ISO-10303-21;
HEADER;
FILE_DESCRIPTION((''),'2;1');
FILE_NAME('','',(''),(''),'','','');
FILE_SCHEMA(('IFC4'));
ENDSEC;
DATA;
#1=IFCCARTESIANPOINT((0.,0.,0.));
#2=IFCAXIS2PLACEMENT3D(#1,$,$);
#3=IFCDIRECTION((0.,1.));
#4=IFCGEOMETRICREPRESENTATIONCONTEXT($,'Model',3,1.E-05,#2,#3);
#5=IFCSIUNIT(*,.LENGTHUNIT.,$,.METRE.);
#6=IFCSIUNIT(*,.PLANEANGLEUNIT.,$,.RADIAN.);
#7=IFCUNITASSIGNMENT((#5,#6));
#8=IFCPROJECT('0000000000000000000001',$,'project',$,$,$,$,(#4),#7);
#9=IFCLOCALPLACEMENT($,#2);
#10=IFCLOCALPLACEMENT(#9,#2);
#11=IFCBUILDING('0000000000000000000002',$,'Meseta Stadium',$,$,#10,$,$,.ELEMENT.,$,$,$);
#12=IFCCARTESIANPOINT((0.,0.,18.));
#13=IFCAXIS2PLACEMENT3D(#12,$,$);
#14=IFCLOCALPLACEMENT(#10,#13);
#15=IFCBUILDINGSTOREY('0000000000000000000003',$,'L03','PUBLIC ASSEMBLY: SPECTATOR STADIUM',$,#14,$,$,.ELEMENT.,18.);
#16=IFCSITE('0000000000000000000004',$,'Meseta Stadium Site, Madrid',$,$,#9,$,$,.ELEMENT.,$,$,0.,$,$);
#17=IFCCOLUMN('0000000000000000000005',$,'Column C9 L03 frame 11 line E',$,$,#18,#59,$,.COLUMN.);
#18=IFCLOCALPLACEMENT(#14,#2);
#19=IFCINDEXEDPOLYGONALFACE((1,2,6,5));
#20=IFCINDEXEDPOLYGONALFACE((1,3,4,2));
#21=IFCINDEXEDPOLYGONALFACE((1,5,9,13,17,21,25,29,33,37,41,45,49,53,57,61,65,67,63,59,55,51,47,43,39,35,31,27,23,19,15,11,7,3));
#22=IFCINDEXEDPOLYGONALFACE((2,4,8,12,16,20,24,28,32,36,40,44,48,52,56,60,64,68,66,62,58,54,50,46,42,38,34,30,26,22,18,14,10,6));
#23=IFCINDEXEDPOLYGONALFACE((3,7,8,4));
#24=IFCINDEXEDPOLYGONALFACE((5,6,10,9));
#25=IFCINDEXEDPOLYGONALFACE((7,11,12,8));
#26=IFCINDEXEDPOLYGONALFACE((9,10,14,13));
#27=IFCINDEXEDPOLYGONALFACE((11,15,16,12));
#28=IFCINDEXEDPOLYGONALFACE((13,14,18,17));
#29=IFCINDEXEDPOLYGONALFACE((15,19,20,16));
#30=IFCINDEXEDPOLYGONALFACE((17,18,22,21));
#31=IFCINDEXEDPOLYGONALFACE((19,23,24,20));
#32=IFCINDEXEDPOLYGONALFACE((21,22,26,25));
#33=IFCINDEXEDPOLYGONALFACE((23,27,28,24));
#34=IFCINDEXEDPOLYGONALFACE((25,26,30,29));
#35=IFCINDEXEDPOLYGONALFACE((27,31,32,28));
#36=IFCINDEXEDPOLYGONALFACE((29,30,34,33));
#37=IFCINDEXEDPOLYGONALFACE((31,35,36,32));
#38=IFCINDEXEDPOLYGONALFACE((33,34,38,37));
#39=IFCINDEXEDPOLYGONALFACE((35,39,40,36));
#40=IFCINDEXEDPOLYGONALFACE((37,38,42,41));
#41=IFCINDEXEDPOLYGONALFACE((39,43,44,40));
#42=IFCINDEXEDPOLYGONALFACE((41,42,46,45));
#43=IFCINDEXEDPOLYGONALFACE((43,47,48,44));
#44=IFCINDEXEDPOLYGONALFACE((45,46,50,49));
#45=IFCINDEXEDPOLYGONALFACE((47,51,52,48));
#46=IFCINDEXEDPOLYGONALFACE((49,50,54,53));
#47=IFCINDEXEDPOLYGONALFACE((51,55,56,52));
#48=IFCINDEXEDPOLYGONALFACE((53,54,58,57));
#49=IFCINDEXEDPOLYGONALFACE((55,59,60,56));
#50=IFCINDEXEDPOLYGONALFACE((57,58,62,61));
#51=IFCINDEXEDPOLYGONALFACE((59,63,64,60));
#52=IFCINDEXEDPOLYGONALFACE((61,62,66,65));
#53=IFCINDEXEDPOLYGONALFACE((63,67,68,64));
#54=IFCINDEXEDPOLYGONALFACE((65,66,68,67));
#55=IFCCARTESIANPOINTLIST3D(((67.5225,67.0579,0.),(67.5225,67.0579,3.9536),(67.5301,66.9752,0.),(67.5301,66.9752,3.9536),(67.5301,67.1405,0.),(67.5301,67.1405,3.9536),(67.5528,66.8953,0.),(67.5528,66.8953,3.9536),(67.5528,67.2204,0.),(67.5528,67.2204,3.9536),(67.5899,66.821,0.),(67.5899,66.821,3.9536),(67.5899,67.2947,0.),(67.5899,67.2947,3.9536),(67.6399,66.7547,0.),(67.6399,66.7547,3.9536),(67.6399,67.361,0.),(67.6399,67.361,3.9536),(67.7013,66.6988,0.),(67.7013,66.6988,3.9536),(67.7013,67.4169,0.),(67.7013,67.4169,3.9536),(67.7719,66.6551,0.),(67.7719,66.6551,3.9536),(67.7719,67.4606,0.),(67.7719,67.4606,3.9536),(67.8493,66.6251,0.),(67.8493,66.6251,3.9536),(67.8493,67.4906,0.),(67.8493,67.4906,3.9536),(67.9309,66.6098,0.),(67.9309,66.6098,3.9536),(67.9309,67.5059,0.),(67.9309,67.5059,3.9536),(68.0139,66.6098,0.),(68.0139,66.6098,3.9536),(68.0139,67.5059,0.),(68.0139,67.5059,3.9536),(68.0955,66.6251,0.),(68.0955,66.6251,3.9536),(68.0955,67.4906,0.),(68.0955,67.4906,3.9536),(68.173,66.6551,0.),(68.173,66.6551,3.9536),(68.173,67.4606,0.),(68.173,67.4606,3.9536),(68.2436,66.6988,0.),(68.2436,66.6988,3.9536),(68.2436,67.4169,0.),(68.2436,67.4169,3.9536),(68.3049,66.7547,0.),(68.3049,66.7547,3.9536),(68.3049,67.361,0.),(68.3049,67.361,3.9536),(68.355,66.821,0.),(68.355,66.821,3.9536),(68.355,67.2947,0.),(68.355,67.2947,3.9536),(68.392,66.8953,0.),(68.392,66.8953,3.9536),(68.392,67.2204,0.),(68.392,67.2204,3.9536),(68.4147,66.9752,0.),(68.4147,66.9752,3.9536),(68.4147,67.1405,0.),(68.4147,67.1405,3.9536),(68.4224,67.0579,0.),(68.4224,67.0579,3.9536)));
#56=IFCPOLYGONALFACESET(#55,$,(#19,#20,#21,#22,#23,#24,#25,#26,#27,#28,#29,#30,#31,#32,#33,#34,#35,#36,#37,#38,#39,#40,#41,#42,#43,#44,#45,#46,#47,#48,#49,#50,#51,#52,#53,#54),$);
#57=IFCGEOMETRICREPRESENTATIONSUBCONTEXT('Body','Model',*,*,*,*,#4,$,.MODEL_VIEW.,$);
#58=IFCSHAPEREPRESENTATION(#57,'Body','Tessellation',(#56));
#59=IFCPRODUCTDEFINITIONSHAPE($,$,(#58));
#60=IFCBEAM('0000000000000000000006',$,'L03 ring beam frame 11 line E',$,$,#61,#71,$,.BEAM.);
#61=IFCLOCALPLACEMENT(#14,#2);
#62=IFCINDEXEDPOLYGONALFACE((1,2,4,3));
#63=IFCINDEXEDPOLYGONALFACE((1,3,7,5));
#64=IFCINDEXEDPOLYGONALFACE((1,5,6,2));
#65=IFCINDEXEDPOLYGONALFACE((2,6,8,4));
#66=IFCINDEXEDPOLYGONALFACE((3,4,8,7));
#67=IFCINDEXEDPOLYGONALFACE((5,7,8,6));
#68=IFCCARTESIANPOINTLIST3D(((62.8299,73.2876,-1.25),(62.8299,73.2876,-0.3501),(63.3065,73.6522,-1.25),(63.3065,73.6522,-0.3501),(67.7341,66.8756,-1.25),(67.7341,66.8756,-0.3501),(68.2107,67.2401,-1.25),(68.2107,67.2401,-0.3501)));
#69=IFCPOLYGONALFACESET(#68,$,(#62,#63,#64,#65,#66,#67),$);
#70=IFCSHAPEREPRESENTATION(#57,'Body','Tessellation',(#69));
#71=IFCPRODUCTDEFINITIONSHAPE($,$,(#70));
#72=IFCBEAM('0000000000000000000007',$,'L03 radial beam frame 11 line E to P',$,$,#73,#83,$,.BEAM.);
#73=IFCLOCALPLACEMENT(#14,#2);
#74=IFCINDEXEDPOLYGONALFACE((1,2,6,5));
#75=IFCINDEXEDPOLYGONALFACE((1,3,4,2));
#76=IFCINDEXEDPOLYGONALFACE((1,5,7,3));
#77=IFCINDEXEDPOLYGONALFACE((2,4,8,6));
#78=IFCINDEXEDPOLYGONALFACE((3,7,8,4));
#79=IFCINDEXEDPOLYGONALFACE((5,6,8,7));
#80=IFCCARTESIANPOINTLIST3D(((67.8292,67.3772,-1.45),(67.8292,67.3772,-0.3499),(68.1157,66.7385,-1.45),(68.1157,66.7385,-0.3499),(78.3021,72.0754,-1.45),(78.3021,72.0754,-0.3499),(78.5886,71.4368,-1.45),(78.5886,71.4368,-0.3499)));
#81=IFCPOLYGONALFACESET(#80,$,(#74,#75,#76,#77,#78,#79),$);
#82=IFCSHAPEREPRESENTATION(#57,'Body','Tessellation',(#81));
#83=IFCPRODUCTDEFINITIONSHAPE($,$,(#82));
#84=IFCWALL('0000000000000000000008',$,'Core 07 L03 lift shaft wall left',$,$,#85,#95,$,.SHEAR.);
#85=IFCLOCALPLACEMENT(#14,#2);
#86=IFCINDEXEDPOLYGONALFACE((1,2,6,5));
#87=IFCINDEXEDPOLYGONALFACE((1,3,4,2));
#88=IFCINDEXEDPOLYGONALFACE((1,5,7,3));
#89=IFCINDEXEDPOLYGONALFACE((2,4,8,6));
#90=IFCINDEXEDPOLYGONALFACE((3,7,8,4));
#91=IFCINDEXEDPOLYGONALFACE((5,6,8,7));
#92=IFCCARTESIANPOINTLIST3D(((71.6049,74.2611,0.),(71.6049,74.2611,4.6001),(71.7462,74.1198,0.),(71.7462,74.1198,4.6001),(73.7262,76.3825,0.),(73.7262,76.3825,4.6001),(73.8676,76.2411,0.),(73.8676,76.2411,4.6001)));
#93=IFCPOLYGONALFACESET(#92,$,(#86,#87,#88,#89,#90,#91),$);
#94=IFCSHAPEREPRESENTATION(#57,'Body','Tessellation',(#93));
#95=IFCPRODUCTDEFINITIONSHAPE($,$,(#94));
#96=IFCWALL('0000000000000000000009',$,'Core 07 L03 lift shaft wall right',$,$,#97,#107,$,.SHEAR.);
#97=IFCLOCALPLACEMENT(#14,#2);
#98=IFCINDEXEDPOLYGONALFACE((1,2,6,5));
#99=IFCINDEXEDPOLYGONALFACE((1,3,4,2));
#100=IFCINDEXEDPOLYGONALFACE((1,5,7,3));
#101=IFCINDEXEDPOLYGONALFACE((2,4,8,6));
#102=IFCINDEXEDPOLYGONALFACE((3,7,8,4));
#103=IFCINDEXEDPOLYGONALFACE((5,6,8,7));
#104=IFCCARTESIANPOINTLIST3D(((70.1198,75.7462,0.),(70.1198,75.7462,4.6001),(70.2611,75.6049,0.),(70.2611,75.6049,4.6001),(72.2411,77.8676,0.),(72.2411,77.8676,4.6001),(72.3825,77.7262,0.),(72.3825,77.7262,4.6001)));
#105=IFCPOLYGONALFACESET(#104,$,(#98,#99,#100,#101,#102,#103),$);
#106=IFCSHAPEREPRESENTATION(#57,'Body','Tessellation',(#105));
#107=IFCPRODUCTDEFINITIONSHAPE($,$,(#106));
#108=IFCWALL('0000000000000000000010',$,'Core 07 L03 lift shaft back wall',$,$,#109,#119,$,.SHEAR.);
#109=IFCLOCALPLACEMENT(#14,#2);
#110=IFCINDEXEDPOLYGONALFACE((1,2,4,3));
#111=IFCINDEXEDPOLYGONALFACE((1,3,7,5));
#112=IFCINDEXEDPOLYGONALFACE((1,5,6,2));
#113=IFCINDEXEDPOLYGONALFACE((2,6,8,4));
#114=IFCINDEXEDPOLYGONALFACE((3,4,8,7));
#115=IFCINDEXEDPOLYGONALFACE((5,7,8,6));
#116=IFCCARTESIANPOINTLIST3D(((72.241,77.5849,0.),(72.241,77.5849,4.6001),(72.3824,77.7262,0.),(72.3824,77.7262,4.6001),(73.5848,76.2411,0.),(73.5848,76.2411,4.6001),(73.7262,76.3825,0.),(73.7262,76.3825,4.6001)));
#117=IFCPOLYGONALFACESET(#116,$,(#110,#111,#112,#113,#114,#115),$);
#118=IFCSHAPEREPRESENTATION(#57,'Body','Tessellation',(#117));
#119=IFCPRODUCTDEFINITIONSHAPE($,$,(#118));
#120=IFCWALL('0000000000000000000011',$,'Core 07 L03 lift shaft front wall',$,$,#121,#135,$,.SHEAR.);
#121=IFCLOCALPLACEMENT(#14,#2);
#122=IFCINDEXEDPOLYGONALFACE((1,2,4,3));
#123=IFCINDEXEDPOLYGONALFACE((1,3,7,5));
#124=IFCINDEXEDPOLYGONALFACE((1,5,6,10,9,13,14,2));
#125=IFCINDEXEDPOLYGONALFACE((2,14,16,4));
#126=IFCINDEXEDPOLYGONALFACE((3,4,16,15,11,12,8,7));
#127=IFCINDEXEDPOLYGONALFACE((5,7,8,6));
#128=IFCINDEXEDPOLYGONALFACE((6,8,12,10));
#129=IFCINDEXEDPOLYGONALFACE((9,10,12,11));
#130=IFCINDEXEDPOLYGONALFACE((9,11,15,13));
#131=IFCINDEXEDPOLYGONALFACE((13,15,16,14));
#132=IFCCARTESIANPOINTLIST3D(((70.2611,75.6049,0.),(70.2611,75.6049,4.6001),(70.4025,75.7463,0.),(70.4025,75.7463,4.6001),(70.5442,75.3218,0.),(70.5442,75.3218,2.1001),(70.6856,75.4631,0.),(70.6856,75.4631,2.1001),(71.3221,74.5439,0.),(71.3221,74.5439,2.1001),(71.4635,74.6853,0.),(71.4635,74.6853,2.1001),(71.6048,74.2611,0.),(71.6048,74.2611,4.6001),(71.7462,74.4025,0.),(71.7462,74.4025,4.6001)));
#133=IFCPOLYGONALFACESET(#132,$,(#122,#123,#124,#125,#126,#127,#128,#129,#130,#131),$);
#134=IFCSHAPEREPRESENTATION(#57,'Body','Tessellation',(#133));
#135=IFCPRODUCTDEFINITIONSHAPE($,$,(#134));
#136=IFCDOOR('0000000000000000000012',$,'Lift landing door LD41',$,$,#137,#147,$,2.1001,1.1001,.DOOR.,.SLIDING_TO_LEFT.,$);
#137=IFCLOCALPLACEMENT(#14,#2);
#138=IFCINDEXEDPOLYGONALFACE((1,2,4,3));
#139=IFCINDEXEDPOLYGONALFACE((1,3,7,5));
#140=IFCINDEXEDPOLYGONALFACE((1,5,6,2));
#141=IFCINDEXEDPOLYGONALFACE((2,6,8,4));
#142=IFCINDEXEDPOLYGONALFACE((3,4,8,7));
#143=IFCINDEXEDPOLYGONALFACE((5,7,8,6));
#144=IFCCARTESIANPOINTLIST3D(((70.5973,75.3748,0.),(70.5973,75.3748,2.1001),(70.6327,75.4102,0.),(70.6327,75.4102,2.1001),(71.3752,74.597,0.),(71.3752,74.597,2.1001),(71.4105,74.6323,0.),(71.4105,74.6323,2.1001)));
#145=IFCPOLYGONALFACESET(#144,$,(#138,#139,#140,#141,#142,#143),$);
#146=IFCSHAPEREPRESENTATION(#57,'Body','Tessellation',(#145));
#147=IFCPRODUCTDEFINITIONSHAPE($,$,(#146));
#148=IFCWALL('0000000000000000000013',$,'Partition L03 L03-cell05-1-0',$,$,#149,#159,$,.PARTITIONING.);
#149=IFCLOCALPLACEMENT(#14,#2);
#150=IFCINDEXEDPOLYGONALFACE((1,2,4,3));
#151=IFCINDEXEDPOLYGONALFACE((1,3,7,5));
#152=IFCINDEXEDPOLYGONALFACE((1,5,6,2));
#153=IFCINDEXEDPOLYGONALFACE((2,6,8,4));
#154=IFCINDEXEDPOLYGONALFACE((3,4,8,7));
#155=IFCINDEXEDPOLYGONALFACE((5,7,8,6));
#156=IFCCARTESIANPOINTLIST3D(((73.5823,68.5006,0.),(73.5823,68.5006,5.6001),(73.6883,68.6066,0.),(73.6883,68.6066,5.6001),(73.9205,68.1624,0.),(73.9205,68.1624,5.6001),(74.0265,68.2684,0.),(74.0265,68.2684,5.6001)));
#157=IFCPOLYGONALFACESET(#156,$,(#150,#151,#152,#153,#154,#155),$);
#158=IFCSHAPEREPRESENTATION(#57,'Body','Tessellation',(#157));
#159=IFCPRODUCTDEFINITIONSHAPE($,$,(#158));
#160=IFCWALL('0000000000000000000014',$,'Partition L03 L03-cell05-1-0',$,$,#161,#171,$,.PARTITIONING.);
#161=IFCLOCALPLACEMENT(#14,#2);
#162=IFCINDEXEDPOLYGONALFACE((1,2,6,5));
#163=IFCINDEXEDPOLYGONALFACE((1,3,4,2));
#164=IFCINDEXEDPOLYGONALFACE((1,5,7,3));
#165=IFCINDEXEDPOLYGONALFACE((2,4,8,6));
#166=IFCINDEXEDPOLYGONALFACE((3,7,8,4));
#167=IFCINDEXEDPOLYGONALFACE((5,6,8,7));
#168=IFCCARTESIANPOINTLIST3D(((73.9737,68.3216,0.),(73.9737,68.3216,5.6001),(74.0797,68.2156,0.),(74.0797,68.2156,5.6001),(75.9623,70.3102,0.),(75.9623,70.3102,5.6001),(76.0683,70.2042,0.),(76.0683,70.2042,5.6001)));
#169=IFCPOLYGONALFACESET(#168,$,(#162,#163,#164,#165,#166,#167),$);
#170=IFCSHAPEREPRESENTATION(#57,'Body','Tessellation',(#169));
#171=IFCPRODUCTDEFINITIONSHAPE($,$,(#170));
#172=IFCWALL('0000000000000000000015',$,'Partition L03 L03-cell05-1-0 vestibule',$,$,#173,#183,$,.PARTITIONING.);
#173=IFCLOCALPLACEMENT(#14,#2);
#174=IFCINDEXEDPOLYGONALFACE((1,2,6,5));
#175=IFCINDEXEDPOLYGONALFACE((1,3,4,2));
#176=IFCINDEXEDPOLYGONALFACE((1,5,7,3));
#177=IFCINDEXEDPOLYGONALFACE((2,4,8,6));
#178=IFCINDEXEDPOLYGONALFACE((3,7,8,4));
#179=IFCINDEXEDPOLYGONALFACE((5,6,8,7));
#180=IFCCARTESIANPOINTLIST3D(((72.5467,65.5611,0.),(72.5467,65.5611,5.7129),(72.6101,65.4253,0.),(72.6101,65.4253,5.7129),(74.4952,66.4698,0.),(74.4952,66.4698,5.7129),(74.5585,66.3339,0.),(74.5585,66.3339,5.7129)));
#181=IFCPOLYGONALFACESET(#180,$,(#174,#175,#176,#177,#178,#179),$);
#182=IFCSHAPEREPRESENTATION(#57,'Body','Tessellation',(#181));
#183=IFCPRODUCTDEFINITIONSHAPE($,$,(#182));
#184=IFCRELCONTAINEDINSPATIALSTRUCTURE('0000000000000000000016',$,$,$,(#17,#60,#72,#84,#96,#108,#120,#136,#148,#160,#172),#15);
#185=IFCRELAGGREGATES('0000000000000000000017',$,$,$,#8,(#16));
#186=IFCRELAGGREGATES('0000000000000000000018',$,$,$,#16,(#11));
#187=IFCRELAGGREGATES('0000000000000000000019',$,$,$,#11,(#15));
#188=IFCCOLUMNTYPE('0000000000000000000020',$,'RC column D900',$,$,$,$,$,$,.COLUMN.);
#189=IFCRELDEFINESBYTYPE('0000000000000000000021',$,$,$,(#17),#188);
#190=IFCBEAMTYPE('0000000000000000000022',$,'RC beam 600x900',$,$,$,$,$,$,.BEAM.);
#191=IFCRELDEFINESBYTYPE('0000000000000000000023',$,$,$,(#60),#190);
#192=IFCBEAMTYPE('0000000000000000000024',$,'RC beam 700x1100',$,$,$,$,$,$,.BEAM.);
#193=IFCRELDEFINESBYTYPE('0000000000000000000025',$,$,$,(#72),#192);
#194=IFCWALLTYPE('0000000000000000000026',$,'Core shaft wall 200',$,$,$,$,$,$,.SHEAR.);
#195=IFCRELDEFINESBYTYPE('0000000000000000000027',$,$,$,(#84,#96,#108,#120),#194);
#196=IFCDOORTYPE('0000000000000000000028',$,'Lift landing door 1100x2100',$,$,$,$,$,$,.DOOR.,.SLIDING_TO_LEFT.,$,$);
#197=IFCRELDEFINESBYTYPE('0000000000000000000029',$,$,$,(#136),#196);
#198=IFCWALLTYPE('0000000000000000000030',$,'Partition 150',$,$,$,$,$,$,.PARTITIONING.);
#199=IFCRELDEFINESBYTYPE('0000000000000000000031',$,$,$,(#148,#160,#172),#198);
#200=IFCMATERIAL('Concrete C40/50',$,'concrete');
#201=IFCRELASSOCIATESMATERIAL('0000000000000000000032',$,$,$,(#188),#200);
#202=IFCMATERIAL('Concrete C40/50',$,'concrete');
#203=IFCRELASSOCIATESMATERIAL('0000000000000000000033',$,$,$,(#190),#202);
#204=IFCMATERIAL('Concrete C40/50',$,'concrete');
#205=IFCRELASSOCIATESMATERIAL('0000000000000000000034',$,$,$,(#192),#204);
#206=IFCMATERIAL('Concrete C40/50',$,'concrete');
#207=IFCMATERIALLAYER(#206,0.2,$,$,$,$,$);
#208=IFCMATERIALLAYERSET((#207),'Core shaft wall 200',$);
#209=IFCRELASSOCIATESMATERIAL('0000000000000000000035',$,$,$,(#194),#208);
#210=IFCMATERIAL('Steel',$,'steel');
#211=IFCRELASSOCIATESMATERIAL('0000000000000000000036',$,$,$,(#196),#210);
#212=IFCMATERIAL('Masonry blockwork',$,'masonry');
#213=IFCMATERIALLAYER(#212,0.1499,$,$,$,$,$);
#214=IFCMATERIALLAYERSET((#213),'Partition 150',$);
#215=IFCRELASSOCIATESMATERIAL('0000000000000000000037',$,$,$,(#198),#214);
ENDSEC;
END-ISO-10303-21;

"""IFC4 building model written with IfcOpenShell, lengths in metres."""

from ifc_helpers import new_model, si_unit, direction, frame, frame_2d, origin, origin_2d, place, context, subcontext, project, spatial, rectangle, circle, extrude, material, layer, layer_set, material_profile, profile_set, type_object, element, fill, save


model = new_model("IFC4")

# Units and contexts
model_context = context("Model", 3, precision=1e-05, world=origin(), true_north=direction((0.0, 1.0)))
body_context = subcontext(model_context, "Body", "Model", "MODEL_VIEW")
ifc_project = project(units=[si_unit("LENGTHUNIT", "METRE"), si_unit("PLANEANGLEUNIT", "RADIAN")], contexts=[model_context])

# Site, building, storey
site_placement = place(None, origin())
site = spatial("IfcSite", under=ifc_project, at=site_placement, Name="Meseta Stadium Site, Madrid", CompositionType="ELEMENT", RefElevation=0.0)
building_placement = place(site_placement, origin())
building = spatial("IfcBuilding", under=site, at=building_placement, Name="Meseta Stadium", CompositionType="ELEMENT")
storey_placement = place(building_placement, frame((0.0, 0.0, 18.0)))
storey = spatial("IfcBuildingStorey", under=building, at=storey_placement, Name="L03", Description="PUBLIC ASSEMBLY: SPECTATOR STADIUM", CompositionType="ELEMENT", Elevation=18.0)

# Column
ifc_material_1 = material(Name="Concrete C40/50", Category="concrete")
ifc_material_profile_1 = material_profile(ifc_material_1, circle(Radius=0.45, at=origin_2d()), Name="RC D900")
ifc_profile_set_1 = profile_set([ifc_material_profile_1], Name="Concrete C40/50")
column_type = type_object("IfcColumnType", Name="RC column D900", PredefinedType="COLUMN", material=ifc_profile_set_1)
column_placement = place(storey_placement, frame((67.9724, 67.0579, 0.0), z_axis=(0.0, 0.0, 1.0), x_axis=(1.0, 0.0, 0.0)))
element("IfcColumn", 1, at=column_placement, inside=storey, type_object=column_type, Name="Column C9 L03 frame 11 line E", PredefinedType="COLUMN", context=body_context, shape_type="SweptSolid", body=[
    extrude(circle(Radius=0.45, at=origin_2d()), origin(), (0.0, 0.0, 1.0), 3.9536),
])

# Beams
ifc_material_2 = material(Name="Concrete C40/50", Category="concrete")
ifc_material_profile_2 = material_profile(ifc_material_2, rectangle(XDim=0.6001, YDim=0.8999, at=origin_2d()), Name="RC 600x900")
ifc_profile_set_2 = profile_set([ifc_material_profile_2], Name="Concrete C40/50")
beam_type_1 = type_object("IfcBeamType", Name="RC beam 600x900", PredefinedType="BEAM", material=ifc_profile_set_2)
beam_1_placement = place(storey_placement, frame((67.9724, 67.0579, -0.8), z_axis=(-0.607522, 0.794303, 0.0), x_axis=(-0.794303, -0.607522, 0.0)))
element("IfcBeam", 2, at=beam_1_placement, inside=storey, type_object=beam_type_1, Name="L03 ring beam frame 11 line E", PredefinedType="BEAM", context=body_context, shape_type="SweptSolid", body=[
    extrude(rectangle(XDim=0.6001, YDim=0.8999, at=origin_2d()), origin(), (0.0, 0.0, 1.0), 8.0725),
])
ifc_material_3 = material(Name="Concrete C40/50", Category="concrete")
ifc_material_profile_3 = material_profile(ifc_material_3, rectangle(XDim=0.7, YDim=1.1001, at=origin_2d()), Name="RC 700x1100")
ifc_profile_set_3 = profile_set([ifc_material_profile_3], Name="Concrete C40/50")
beam_type_2 = type_object("IfcBeamType", Name="RC beam 700x1100", PredefinedType="BEAM", material=ifc_profile_set_3)
beam_2_placement = place(storey_placement, frame((67.9724, 67.0579, -0.8999), z_axis=(0.912396, 0.409309, 0.0), x_axis=(-0.409309, 0.912396, 0.0)))
element("IfcBeam", 3, at=beam_2_placement, inside=storey, type_object=beam_type_2, Name="L03 radial beam frame 11 line E to P", PredefinedType="BEAM", context=body_context, shape_type="SweptSolid", body=[
    extrude(rectangle(XDim=0.7, YDim=1.1001, at=origin_2d()), origin(), (0.0, 0.0, 1.0), 11.4785),
])

# Walls
ifc_material_4 = material(Name="Concrete C40/50", Category="concrete")
ifc_layer_1 = layer(ifc_material_4, 0.2)
ifc_layer_set_1 = layer_set([ifc_layer_1], Name="Core shaft wall 200")
wall_type_1 = type_object("IfcWallType", Name="Core shaft wall 200", PredefinedType="SHEAR", material=ifc_layer_set_1)
for number, where, z_axis, x_axis, name in (
    (4, (73.7969, 76.3118, 0.0), (0.0, 0.0, 1.0), (-0.707107, -0.707107, 0.0), "Core 07 L03 lift shaft wall left"),
    (5, (72.3118, 77.7969, 0.0), (0.0, 0.0, 1.0), (-0.707107, -0.707107, 0.0), "Core 07 L03 lift shaft wall right"),
):
    element("IfcWall", number, at=place(storey_placement, frame(where, z_axis=z_axis, x_axis=x_axis)), inside=storey, type_object=wall_type_1, Name=name, PredefinedType="SHEAR", context=body_context, shape_type="SweptSolid", body=[
        extrude(rectangle(XDim=3.0, YDim=0.2, at=frame_2d((1.5, 0.0))), origin(), (0.0, 0.0, 1.0), 4.6001),
    ])
wall_1_placement = place(storey_placement, frame((73.6555, 76.3118, 0.0), z_axis=(0.0, 0.0, 1.0), x_axis=(-0.707107, 0.707107, 0.0)))
element("IfcWall", 6, at=wall_1_placement, inside=storey, type_object=wall_type_1, Name="Core 07 L03 lift shaft back wall", PredefinedType="SHEAR", context=body_context, shape_type="SweptSolid", body=[
    extrude(rectangle(XDim=1.9004, YDim=0.2, at=frame_2d((0.9502, 0.0))), origin(), (0.0, 0.0, 1.0), 4.6001),
])

# Wall, opening, door
wall_2_placement = place(storey_placement, frame((71.6755, 74.3318, 0.0), z_axis=(0.0, 0.0, 1.0), x_axis=(-0.707107, 0.707107, 0.0)))
wall_2 = element("IfcWall", 7, at=wall_2_placement, inside=storey, type_object=wall_type_1, Name="Core 07 L03 lift shaft front wall", PredefinedType="SHEAR", context=body_context, shape_type="SweptSolid", body=[
    extrude(rectangle(XDim=1.9004, YDim=0.2, at=frame_2d((0.9502, 0.0))), origin(), (0.0, 0.0, 1.0), 4.6001),
])
opening_1_placement = place(wall_2_placement, frame((0.3999, 0.0, 0.0)))
opening_1 = element("IfcOpeningElement", 8, at=opening_1_placement, cuts=wall_2, PredefinedType="OPENING", context=body_context, shape_type="SweptSolid", body=[
    extrude(rectangle(XDim=1.1001, YDim=2.1001, at=frame_2d((0.55, 1.05))), frame((0.0, 0.1099, 0.0), z_axis=(0.0, -1.0, 0.0), x_axis=(1.0, 0.0, 0.0)), (0.0, 0.0, 1.0), 0.22),
])
ifc_material_5 = material(Name="Steel", Category="steel")
door_type_1 = type_object("IfcDoorType", Name="Lift landing door 1100x2100", OperationType="SLIDING_TO_LEFT", PredefinedType="DOOR", material=ifc_material_5)
door_1_placement = place(opening_1_placement, origin())
door_1 = element("IfcDoor", 9, at=door_1_placement, inside=storey, type_object=door_type_1, Name="Lift landing door LD41", OperationType="SLIDING_TO_LEFT", OverallHeight=2.1001, OverallWidth=1.1001, PredefinedType="DOOR", context=body_context, shape_type="SweptSolid", body=[
    extrude(rectangle(XDim=1.1001, YDim=2.1001, at=frame_2d((0.55, 1.05))), frame((0.0, 0.0249, 0.0), z_axis=(0.0, -1.0, 0.0), x_axis=(1.0, 0.0, 0.0)), (0.0, 0.0, 1.0), 0.05),
])
fill(opening_1, door_1)

# Walls
ifc_material_6 = material(Name="Masonry blockwork", Category="masonry")
ifc_layer_2 = layer(ifc_material_6, 0.1499)
ifc_layer_set_2 = layer_set([ifc_layer_2], Name="Partition 150")
wall_type_2 = type_object("IfcWallType", Name="Partition 150", PredefinedType="PARTITIONING", material=ifc_layer_set_2)
wall_3_placement = place(storey_placement, frame((73.6353, 68.5537, 0.0), z_axis=(0.0, 0.0, 1.0), x_axis=(0.707107, -0.707107, 0.0)))
element("IfcWall", 10, at=wall_3_placement, inside=storey, type_object=wall_type_2, Name="Partition L03 L03-cell05-1-0", PredefinedType="PARTITIONING", context=body_context, shape_type="SweptSolid", body=[
    extrude(rectangle(XDim=0.4783, YDim=0.1499, at=frame_2d((0.2393, 0.0))), origin(), (0.0, 0.0, 1.0), 5.6001),
])
wall_4_placement = place(storey_placement, frame((74.0266, 68.2686, 0.0), z_axis=(0.0, 0.0, 1.0), x_axis=(0.707107, 0.707107, 0.0)))
element("IfcWall", 11, at=wall_4_placement, inside=storey, type_object=wall_type_2, Name="Partition L03 L03-cell05-1-0", PredefinedType="PARTITIONING", context=body_context, shape_type="SweptSolid", body=[
    extrude(rectangle(XDim=2.8123, YDim=0.1499, at=frame_2d((1.4062, 0.0))), origin(), (0.0, 0.0, 1.0), 5.6001),
])
wall_5_placement = place(storey_placement, frame((74.5269, 66.4019, 0.0), z_axis=(0.0, 0.0, 1.0), x_axis=(-0.90629, -0.422655, 0.0)))
element("IfcWall", 12, at=wall_5_placement, inside=storey, type_object=wall_type_2, Name="Partition L03 L03-cell05-1-0 vestibule", PredefinedType="PARTITIONING", context=body_context, shape_type="SweptSolid", body=[
    extrude(rectangle(XDim=2.1499, YDim=0.1499, at=frame_2d((1.075, 0.0))), origin(), (0.0, 0.0, 1.0), 5.7129),
])

save(model, "model.ifc")
